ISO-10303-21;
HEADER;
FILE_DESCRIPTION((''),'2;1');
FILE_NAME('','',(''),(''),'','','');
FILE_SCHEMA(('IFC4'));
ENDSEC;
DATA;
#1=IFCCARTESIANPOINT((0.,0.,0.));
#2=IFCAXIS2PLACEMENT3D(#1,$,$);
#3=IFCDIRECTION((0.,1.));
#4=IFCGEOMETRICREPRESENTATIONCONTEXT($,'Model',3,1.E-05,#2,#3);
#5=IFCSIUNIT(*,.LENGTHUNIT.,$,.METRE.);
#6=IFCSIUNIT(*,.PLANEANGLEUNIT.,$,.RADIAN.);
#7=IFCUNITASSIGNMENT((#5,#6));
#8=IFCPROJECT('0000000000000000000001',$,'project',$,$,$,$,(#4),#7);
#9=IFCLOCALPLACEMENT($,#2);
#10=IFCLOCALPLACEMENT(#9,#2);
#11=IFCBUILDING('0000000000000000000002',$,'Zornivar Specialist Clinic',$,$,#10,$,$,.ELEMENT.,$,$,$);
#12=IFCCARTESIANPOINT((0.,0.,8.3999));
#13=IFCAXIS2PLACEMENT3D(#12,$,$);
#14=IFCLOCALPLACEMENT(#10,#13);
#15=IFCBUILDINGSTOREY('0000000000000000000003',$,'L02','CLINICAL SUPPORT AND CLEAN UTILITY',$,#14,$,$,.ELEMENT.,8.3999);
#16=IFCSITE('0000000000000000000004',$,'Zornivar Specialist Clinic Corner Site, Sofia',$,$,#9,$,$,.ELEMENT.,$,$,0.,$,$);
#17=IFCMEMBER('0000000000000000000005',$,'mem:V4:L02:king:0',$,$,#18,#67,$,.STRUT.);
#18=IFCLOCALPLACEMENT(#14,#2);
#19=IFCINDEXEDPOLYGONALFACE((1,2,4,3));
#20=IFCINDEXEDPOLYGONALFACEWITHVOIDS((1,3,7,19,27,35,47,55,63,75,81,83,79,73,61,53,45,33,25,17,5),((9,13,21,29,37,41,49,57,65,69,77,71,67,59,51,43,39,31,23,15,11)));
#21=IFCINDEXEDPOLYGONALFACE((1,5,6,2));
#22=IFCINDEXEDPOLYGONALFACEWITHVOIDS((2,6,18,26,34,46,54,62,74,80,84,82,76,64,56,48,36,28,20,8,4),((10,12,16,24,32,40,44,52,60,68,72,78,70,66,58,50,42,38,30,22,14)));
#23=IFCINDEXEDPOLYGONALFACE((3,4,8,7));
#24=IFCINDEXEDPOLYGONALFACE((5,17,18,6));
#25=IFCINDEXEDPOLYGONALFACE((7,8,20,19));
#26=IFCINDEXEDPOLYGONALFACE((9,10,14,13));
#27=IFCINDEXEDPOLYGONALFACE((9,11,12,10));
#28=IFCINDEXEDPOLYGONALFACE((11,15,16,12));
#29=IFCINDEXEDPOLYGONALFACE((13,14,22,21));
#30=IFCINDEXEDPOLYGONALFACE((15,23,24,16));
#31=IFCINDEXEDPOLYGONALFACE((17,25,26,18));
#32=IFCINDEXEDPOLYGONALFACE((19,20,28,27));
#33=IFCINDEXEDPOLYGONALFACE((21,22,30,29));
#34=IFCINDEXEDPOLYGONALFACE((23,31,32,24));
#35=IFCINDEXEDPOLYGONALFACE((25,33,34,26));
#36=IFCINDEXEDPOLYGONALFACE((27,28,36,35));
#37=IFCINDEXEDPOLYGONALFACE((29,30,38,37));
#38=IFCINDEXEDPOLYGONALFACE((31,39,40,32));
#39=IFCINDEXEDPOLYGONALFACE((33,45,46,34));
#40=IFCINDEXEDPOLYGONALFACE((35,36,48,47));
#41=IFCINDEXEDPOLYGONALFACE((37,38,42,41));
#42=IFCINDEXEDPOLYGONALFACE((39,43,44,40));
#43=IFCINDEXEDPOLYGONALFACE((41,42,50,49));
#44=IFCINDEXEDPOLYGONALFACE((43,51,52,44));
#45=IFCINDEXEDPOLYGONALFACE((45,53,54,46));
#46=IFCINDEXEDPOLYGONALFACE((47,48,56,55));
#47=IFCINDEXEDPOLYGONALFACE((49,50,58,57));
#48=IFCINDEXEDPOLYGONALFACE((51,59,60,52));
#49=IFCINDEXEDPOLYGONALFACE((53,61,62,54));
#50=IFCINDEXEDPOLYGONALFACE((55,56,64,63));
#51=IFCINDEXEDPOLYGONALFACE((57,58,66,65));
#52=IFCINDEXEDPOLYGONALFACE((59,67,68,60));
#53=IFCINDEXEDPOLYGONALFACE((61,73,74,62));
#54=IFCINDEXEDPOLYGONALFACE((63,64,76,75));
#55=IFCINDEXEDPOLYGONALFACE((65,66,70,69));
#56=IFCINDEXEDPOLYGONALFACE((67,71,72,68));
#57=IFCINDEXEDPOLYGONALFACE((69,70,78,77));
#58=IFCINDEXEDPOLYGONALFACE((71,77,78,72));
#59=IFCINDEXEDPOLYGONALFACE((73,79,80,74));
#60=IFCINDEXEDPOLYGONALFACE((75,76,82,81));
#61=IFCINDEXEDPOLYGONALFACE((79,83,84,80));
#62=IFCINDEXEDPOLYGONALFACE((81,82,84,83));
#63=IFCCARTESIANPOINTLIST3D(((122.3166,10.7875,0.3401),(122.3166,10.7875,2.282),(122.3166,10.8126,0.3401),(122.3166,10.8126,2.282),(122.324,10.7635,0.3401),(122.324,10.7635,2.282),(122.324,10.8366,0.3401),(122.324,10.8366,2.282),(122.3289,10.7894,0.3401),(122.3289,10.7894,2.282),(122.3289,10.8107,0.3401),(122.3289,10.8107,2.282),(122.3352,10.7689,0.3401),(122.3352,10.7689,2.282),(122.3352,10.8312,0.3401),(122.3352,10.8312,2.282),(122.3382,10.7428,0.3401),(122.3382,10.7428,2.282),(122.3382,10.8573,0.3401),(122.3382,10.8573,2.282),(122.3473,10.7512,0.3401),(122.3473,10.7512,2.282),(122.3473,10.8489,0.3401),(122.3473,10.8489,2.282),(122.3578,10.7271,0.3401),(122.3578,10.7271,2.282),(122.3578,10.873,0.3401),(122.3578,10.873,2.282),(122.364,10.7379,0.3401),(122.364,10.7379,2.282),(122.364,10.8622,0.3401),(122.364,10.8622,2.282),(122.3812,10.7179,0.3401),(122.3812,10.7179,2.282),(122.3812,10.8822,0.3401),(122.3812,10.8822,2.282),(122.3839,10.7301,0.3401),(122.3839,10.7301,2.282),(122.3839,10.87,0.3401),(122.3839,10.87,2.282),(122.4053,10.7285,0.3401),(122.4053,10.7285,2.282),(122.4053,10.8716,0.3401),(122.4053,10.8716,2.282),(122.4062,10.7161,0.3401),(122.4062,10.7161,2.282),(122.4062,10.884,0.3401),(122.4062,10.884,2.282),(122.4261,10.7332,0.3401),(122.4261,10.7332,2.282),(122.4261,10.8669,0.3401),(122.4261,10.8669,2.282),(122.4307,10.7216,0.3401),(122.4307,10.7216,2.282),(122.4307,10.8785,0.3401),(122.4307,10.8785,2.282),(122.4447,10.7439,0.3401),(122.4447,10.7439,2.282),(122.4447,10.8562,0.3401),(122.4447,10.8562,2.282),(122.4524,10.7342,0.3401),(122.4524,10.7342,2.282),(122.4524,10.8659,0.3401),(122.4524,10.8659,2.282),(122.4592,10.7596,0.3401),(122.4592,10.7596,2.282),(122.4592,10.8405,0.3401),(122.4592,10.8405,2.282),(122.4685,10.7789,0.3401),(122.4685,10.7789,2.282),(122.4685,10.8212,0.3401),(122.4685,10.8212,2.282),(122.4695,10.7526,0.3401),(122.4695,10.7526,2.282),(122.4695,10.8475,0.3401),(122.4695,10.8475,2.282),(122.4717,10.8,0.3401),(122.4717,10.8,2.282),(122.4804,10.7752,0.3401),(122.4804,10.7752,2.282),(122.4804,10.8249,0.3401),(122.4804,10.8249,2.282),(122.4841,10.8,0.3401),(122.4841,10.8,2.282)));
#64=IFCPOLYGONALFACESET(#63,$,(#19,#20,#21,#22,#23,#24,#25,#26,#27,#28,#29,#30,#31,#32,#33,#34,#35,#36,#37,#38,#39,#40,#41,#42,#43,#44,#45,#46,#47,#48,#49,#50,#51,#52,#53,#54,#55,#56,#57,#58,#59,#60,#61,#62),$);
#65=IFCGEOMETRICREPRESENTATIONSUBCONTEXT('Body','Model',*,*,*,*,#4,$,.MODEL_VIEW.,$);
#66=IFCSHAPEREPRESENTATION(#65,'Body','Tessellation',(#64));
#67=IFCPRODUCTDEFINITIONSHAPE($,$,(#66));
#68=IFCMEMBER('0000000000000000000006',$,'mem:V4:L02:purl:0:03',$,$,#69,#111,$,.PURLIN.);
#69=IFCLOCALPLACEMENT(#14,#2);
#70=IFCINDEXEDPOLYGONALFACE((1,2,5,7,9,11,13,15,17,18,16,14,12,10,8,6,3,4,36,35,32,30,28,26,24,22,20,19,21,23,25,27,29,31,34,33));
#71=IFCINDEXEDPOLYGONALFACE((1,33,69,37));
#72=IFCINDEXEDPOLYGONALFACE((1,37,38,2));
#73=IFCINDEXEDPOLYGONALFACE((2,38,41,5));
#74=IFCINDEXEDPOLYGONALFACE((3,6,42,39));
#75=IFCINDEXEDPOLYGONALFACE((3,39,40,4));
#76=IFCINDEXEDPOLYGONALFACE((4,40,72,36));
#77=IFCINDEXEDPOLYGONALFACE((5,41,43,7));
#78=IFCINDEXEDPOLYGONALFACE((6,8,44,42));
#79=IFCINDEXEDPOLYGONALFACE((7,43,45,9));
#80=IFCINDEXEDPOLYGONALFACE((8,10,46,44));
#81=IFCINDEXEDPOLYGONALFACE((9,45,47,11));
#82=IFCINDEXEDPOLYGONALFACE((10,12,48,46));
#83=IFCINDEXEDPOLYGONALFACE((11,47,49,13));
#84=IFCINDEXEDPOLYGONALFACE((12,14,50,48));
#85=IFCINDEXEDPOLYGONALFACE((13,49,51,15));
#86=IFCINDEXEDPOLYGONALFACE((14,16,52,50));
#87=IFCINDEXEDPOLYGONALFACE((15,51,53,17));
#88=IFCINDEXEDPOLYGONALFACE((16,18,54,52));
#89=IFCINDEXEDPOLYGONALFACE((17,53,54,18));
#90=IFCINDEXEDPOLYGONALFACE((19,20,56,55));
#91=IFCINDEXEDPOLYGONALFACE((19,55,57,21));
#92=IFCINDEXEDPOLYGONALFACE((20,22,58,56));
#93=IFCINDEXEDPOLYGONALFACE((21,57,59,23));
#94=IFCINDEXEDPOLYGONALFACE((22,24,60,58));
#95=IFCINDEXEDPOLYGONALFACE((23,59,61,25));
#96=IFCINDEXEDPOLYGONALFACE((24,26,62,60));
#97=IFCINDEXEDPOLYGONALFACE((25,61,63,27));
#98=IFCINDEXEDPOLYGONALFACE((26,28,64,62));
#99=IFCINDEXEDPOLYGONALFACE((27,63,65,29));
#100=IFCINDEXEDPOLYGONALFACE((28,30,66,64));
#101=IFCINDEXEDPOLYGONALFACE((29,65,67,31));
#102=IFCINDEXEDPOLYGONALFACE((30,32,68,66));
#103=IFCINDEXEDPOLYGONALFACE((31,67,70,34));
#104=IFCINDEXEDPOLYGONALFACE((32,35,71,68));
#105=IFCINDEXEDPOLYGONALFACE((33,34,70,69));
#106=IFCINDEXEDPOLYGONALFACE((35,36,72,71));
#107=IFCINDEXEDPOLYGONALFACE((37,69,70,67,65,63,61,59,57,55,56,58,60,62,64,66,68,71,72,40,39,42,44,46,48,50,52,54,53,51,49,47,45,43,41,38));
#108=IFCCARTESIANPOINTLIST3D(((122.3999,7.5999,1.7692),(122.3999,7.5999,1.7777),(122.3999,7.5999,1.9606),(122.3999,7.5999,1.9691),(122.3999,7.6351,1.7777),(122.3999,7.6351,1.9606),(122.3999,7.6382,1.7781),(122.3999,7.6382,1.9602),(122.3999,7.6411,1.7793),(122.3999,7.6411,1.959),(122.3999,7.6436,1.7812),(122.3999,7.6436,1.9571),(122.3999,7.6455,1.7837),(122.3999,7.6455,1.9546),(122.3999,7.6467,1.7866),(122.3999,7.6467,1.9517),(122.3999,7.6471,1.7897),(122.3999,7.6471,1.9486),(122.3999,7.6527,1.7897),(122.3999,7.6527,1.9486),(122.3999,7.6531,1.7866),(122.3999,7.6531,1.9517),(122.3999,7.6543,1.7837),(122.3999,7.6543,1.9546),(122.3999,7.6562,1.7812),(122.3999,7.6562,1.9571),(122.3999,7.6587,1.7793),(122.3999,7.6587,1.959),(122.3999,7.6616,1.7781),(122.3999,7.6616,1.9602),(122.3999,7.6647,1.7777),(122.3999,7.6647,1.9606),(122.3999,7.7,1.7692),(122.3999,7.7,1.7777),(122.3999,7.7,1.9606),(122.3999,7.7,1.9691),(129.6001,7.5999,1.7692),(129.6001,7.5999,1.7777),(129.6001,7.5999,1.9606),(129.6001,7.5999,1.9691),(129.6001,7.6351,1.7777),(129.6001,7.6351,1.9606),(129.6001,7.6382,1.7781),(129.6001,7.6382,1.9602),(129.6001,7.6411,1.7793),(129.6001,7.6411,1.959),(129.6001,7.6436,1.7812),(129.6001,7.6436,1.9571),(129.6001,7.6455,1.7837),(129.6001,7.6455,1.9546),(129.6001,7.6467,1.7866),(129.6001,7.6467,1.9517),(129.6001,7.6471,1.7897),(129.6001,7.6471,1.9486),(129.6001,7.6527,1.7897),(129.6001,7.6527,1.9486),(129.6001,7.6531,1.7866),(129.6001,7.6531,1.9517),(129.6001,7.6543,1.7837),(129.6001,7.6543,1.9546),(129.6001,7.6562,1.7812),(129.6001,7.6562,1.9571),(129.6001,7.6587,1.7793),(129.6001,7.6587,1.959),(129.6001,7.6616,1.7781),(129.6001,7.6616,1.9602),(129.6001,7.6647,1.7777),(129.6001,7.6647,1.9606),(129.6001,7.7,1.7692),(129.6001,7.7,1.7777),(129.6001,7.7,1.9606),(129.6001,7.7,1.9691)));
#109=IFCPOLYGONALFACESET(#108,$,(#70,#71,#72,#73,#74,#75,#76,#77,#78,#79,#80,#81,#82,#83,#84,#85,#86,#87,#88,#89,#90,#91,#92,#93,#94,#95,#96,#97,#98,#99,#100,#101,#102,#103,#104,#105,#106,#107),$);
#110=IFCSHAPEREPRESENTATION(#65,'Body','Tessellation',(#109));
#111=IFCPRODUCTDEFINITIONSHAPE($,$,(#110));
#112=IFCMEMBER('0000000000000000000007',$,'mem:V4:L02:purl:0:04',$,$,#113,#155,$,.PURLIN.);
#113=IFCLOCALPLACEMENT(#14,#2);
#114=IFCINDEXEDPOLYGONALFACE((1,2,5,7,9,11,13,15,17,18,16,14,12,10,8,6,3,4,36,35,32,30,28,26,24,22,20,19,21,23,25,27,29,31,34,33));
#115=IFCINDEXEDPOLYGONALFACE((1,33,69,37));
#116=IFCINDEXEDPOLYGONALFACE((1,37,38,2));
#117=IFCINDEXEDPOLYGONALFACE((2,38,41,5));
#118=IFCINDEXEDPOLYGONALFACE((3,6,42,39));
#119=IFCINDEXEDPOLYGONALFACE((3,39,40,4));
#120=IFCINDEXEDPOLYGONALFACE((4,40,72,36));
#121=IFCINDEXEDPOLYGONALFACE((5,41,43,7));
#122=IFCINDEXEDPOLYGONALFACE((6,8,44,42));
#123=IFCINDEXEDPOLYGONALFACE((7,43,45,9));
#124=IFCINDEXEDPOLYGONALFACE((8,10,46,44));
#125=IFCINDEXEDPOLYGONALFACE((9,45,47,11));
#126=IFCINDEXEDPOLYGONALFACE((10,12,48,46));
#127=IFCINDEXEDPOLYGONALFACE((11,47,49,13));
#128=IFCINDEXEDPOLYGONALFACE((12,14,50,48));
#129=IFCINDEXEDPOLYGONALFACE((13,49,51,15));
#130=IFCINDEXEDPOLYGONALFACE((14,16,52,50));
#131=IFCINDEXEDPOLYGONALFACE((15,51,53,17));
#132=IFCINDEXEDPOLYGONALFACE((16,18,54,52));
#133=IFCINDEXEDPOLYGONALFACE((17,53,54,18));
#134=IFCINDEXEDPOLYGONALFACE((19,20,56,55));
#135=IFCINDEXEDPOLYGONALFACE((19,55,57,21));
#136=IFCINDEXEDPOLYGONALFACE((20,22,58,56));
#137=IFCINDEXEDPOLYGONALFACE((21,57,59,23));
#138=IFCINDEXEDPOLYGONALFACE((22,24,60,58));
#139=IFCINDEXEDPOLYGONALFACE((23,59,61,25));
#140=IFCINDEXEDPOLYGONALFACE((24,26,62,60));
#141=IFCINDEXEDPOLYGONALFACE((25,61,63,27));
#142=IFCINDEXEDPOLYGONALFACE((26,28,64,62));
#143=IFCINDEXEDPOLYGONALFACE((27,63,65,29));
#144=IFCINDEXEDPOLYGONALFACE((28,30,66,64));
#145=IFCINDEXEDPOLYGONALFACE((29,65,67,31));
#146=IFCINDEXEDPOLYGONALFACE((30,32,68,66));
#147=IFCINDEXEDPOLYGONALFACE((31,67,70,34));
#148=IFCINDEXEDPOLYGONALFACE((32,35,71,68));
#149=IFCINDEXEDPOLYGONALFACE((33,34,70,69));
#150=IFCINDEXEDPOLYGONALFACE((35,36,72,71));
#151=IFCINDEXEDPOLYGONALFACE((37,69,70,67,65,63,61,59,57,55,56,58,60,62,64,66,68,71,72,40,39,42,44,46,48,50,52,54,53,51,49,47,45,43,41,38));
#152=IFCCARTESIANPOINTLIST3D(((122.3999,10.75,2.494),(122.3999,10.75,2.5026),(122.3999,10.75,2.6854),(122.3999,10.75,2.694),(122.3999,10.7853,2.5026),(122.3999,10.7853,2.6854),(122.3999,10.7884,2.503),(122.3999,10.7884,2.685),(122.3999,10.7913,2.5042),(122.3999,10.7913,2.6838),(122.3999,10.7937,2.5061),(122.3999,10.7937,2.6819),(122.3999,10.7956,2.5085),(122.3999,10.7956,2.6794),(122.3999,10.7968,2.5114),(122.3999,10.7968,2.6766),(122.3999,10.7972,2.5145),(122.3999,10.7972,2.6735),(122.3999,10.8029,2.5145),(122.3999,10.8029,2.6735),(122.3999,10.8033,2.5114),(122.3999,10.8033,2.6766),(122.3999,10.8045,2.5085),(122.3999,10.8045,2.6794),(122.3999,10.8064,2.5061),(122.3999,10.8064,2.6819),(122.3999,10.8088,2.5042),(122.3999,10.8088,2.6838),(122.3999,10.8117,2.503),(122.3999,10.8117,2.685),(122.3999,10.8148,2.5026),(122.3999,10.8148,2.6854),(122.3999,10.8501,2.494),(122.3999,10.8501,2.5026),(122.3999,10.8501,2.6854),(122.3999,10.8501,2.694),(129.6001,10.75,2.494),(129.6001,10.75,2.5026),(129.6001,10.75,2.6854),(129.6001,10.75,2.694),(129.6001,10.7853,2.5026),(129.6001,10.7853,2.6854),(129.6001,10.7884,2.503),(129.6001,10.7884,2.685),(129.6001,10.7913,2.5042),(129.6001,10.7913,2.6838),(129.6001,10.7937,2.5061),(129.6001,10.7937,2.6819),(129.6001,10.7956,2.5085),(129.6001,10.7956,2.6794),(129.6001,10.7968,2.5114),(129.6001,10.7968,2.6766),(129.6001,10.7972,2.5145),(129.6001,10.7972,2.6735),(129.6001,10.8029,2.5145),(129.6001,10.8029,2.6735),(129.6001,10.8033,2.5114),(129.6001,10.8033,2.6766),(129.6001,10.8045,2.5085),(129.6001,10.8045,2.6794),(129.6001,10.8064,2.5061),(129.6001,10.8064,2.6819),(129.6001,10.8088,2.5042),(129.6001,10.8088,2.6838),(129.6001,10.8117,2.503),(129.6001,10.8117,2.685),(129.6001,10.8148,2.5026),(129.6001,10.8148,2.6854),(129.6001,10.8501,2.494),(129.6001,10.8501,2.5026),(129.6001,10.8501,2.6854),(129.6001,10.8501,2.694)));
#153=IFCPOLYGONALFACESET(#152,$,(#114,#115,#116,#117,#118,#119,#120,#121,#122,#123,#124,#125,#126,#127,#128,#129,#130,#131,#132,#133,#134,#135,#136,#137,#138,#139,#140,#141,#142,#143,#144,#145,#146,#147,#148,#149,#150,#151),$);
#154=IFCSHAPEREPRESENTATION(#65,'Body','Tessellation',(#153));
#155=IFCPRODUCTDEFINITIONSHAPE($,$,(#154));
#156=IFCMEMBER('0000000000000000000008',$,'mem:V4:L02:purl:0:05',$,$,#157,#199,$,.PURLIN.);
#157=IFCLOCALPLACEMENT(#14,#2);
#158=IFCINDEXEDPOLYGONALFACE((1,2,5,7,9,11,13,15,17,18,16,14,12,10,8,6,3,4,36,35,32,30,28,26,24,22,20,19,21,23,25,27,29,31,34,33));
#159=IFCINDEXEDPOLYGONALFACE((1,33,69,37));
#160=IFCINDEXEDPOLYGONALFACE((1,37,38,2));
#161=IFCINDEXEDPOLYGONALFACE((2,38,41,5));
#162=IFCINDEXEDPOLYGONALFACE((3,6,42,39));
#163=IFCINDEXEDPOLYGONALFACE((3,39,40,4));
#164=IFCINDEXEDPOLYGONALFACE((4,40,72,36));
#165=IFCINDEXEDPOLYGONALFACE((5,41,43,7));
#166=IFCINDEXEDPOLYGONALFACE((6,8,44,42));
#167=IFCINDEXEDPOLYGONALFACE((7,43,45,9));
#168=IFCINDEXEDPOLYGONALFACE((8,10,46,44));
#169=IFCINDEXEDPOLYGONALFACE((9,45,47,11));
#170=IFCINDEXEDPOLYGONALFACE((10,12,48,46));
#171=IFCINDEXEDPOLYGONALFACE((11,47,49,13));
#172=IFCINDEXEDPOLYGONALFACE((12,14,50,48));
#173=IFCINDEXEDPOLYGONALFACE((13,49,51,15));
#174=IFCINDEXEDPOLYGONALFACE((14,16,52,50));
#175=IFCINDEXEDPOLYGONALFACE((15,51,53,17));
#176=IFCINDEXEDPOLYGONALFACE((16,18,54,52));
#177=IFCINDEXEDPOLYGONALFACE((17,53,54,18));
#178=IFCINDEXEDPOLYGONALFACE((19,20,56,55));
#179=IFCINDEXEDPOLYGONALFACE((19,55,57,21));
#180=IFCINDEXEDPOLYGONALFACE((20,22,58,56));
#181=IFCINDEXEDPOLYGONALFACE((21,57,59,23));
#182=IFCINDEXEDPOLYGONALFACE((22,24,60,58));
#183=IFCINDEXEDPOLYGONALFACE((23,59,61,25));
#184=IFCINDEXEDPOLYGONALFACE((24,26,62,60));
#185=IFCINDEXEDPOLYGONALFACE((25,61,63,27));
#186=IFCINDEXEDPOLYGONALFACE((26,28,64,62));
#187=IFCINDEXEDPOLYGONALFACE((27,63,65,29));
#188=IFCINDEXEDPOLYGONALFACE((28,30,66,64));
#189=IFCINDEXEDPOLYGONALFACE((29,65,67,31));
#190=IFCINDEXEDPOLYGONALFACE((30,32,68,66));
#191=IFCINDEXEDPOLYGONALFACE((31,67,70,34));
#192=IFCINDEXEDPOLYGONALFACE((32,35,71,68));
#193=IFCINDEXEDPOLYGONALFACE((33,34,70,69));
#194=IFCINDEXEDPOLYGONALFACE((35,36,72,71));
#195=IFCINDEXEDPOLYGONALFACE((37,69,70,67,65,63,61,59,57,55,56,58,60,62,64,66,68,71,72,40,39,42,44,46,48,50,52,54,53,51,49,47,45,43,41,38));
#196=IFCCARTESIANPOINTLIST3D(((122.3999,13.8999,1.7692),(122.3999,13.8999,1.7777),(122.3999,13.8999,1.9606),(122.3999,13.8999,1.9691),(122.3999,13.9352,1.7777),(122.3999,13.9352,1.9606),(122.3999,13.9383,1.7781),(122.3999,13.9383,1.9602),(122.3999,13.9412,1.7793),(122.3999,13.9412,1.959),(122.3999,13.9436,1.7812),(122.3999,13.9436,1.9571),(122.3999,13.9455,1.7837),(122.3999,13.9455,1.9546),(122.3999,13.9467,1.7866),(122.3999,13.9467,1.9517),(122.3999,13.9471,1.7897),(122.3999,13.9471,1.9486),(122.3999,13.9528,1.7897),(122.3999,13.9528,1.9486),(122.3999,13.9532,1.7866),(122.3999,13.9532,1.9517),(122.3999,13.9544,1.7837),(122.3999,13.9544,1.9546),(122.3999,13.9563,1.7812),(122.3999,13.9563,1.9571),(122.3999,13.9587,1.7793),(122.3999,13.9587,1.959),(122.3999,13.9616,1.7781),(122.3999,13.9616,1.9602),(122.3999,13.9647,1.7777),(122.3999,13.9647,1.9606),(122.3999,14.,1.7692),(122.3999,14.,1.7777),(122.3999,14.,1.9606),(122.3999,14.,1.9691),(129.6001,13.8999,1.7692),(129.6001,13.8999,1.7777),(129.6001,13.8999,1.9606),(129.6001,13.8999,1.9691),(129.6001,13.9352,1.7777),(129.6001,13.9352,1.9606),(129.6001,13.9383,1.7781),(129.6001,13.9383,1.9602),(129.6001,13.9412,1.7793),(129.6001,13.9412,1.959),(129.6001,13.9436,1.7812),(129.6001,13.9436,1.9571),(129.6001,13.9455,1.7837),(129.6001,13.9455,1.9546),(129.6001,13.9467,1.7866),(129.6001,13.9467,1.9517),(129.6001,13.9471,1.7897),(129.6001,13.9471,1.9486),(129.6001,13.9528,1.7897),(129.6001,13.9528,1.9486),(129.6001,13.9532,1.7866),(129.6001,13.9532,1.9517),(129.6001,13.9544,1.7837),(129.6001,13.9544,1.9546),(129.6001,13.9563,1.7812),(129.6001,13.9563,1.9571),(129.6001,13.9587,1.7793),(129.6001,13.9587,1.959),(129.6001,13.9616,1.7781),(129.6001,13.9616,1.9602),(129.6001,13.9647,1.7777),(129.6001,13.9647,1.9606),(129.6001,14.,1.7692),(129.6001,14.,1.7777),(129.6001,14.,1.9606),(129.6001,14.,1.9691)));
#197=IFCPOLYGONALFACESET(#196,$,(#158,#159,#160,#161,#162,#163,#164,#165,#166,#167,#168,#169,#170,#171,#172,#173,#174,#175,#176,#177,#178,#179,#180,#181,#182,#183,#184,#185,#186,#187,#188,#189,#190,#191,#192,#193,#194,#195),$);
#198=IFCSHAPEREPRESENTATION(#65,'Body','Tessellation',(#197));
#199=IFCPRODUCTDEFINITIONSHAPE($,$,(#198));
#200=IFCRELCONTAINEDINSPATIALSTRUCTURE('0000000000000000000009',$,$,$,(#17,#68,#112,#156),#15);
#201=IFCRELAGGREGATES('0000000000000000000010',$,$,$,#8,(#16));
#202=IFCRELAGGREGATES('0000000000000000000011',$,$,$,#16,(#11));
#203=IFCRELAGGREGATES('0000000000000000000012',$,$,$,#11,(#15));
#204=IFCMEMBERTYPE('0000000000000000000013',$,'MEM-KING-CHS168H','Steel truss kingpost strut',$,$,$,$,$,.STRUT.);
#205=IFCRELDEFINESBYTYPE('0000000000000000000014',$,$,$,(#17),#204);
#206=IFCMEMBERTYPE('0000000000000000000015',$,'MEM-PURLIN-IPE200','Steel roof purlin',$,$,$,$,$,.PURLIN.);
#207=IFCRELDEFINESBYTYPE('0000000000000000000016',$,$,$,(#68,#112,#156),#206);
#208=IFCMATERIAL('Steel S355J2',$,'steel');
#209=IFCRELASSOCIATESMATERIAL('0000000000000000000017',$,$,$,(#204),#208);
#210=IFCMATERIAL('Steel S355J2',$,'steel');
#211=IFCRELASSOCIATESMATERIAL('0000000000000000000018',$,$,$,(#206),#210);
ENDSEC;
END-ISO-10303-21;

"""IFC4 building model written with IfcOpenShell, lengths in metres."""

from ifc_helpers import new_model, si_unit, direction, frame, origin, origin_2d, place, context, subcontext, project, spatial, hollow_circle, i_section, extrude, material, material_profile, profile_set, type_object, element, save


model = new_model("IFC4")

# Units and contexts
model_context = context("Model", 3, precision=1e-05, world=origin(), true_north=direction((0.0, 1.0)))
body_context = subcontext(model_context, "Body", "Model", "MODEL_VIEW")
ifc_project = project(units=[si_unit("LENGTHUNIT", "METRE"), si_unit("PLANEANGLEUNIT", "RADIAN")], contexts=[model_context])

# Site, building, storey
site_placement = place(None, origin())
site = spatial("IfcSite", under=ifc_project, at=site_placement, Name="Zornivar Specialist Clinic Corner Site, Sofia", CompositionType="ELEMENT", RefElevation=0.0)
building_placement = place(site_placement, origin())
building = spatial("IfcBuilding", under=site, at=building_placement, Name="Zornivar Specialist Clinic", CompositionType="ELEMENT")
storey_placement = place(building_placement, frame((0.0, 0.0, 8.3999)))
storey = spatial("IfcBuildingStorey", under=building, at=storey_placement, Name="L02", Description="CLINICAL SUPPORT AND CLEAN UTILITY", CompositionType="ELEMENT", Elevation=8.3999)

# Members
ifc_material_1 = material(Name="Steel S355J2", Category="steel")
ifc_material_profile_1 = material_profile(ifc_material_1, hollow_circle(Radius=0.0842, WallThickness=0.0125, at=origin_2d()), Name="CHS 168.3x12.5")
ifc_profile_set_1 = profile_set([ifc_material_profile_1], Name="Steel S355J2")
member_type_1 = type_object("IfcMemberType", Name="MEM-KING-CHS168H", Description="Steel truss kingpost strut", PredefinedType="STRUT", material=ifc_profile_set_1)
member_1_placement = place(storey_placement, frame((122.3999, 10.8, 0.3401), z_axis=(0.0, 0.0, 1.0), x_axis=(1.0, 0.0, 0.0)))
element("IfcMember", 1, at=member_1_placement, inside=storey, type_object=member_type_1, Name="mem:V4:L02:king:0", PredefinedType="STRUT", context=body_context, shape_type="SweptSolid", body=[
    extrude(hollow_circle(Radius=0.0842, WallThickness=0.0125, at=origin_2d()), origin(), (0.0, 0.0, 1.0), 1.9419),
])
ifc_material_2 = material(Name="Steel S355J2", Category="steel")
ifc_material_profile_2 = material_profile(ifc_material_2, i_section(OverallWidth=0.1001, OverallDepth=0.2, WebThickness=0.0056, FlangeThickness=0.0085, FilletRadius=0.012, at=origin_2d()), Name="IPE 200")
ifc_profile_set_2 = profile_set([ifc_material_profile_2], Name="Steel S355J2")
member_type_2 = type_object("IfcMemberType", Name="MEM-PURLIN-IPE200", Description="Steel roof purlin", PredefinedType="PURLIN", material=ifc_profile_set_2)
for number, where, z_axis, x_axis, name in (
    (2, (122.3999, 7.6499, 1.8691), (1.0, 0.0, 0.0), (0.0, 1.0, 0.0), "mem:V4:L02:purl:0:03"),
    (3, (122.3999, 10.8, 2.594), (1.0, 0.0, 0.0), (0.0, 1.0, 0.0), "mem:V4:L02:purl:0:04"),
    (4, (122.3999, 13.95, 1.8691), (1.0, 0.0, 0.0), (0.0, 1.0, 0.0), "mem:V4:L02:purl:0:05"),
):
    element("IfcMember", number, at=place(storey_placement, frame(where, z_axis=z_axis, x_axis=x_axis)), inside=storey, type_object=member_type_2, Name=name, PredefinedType="PURLIN", context=body_context, shape_type="SweptSolid", body=[
        extrude(i_section(OverallWidth=0.1001, OverallDepth=0.2, WebThickness=0.0056, FlangeThickness=0.0085, FilletRadius=0.012, at=origin_2d()), origin(), (0.0, 0.0, 1.0), 7.2002),
    ])

save(model, "model.ifc")
